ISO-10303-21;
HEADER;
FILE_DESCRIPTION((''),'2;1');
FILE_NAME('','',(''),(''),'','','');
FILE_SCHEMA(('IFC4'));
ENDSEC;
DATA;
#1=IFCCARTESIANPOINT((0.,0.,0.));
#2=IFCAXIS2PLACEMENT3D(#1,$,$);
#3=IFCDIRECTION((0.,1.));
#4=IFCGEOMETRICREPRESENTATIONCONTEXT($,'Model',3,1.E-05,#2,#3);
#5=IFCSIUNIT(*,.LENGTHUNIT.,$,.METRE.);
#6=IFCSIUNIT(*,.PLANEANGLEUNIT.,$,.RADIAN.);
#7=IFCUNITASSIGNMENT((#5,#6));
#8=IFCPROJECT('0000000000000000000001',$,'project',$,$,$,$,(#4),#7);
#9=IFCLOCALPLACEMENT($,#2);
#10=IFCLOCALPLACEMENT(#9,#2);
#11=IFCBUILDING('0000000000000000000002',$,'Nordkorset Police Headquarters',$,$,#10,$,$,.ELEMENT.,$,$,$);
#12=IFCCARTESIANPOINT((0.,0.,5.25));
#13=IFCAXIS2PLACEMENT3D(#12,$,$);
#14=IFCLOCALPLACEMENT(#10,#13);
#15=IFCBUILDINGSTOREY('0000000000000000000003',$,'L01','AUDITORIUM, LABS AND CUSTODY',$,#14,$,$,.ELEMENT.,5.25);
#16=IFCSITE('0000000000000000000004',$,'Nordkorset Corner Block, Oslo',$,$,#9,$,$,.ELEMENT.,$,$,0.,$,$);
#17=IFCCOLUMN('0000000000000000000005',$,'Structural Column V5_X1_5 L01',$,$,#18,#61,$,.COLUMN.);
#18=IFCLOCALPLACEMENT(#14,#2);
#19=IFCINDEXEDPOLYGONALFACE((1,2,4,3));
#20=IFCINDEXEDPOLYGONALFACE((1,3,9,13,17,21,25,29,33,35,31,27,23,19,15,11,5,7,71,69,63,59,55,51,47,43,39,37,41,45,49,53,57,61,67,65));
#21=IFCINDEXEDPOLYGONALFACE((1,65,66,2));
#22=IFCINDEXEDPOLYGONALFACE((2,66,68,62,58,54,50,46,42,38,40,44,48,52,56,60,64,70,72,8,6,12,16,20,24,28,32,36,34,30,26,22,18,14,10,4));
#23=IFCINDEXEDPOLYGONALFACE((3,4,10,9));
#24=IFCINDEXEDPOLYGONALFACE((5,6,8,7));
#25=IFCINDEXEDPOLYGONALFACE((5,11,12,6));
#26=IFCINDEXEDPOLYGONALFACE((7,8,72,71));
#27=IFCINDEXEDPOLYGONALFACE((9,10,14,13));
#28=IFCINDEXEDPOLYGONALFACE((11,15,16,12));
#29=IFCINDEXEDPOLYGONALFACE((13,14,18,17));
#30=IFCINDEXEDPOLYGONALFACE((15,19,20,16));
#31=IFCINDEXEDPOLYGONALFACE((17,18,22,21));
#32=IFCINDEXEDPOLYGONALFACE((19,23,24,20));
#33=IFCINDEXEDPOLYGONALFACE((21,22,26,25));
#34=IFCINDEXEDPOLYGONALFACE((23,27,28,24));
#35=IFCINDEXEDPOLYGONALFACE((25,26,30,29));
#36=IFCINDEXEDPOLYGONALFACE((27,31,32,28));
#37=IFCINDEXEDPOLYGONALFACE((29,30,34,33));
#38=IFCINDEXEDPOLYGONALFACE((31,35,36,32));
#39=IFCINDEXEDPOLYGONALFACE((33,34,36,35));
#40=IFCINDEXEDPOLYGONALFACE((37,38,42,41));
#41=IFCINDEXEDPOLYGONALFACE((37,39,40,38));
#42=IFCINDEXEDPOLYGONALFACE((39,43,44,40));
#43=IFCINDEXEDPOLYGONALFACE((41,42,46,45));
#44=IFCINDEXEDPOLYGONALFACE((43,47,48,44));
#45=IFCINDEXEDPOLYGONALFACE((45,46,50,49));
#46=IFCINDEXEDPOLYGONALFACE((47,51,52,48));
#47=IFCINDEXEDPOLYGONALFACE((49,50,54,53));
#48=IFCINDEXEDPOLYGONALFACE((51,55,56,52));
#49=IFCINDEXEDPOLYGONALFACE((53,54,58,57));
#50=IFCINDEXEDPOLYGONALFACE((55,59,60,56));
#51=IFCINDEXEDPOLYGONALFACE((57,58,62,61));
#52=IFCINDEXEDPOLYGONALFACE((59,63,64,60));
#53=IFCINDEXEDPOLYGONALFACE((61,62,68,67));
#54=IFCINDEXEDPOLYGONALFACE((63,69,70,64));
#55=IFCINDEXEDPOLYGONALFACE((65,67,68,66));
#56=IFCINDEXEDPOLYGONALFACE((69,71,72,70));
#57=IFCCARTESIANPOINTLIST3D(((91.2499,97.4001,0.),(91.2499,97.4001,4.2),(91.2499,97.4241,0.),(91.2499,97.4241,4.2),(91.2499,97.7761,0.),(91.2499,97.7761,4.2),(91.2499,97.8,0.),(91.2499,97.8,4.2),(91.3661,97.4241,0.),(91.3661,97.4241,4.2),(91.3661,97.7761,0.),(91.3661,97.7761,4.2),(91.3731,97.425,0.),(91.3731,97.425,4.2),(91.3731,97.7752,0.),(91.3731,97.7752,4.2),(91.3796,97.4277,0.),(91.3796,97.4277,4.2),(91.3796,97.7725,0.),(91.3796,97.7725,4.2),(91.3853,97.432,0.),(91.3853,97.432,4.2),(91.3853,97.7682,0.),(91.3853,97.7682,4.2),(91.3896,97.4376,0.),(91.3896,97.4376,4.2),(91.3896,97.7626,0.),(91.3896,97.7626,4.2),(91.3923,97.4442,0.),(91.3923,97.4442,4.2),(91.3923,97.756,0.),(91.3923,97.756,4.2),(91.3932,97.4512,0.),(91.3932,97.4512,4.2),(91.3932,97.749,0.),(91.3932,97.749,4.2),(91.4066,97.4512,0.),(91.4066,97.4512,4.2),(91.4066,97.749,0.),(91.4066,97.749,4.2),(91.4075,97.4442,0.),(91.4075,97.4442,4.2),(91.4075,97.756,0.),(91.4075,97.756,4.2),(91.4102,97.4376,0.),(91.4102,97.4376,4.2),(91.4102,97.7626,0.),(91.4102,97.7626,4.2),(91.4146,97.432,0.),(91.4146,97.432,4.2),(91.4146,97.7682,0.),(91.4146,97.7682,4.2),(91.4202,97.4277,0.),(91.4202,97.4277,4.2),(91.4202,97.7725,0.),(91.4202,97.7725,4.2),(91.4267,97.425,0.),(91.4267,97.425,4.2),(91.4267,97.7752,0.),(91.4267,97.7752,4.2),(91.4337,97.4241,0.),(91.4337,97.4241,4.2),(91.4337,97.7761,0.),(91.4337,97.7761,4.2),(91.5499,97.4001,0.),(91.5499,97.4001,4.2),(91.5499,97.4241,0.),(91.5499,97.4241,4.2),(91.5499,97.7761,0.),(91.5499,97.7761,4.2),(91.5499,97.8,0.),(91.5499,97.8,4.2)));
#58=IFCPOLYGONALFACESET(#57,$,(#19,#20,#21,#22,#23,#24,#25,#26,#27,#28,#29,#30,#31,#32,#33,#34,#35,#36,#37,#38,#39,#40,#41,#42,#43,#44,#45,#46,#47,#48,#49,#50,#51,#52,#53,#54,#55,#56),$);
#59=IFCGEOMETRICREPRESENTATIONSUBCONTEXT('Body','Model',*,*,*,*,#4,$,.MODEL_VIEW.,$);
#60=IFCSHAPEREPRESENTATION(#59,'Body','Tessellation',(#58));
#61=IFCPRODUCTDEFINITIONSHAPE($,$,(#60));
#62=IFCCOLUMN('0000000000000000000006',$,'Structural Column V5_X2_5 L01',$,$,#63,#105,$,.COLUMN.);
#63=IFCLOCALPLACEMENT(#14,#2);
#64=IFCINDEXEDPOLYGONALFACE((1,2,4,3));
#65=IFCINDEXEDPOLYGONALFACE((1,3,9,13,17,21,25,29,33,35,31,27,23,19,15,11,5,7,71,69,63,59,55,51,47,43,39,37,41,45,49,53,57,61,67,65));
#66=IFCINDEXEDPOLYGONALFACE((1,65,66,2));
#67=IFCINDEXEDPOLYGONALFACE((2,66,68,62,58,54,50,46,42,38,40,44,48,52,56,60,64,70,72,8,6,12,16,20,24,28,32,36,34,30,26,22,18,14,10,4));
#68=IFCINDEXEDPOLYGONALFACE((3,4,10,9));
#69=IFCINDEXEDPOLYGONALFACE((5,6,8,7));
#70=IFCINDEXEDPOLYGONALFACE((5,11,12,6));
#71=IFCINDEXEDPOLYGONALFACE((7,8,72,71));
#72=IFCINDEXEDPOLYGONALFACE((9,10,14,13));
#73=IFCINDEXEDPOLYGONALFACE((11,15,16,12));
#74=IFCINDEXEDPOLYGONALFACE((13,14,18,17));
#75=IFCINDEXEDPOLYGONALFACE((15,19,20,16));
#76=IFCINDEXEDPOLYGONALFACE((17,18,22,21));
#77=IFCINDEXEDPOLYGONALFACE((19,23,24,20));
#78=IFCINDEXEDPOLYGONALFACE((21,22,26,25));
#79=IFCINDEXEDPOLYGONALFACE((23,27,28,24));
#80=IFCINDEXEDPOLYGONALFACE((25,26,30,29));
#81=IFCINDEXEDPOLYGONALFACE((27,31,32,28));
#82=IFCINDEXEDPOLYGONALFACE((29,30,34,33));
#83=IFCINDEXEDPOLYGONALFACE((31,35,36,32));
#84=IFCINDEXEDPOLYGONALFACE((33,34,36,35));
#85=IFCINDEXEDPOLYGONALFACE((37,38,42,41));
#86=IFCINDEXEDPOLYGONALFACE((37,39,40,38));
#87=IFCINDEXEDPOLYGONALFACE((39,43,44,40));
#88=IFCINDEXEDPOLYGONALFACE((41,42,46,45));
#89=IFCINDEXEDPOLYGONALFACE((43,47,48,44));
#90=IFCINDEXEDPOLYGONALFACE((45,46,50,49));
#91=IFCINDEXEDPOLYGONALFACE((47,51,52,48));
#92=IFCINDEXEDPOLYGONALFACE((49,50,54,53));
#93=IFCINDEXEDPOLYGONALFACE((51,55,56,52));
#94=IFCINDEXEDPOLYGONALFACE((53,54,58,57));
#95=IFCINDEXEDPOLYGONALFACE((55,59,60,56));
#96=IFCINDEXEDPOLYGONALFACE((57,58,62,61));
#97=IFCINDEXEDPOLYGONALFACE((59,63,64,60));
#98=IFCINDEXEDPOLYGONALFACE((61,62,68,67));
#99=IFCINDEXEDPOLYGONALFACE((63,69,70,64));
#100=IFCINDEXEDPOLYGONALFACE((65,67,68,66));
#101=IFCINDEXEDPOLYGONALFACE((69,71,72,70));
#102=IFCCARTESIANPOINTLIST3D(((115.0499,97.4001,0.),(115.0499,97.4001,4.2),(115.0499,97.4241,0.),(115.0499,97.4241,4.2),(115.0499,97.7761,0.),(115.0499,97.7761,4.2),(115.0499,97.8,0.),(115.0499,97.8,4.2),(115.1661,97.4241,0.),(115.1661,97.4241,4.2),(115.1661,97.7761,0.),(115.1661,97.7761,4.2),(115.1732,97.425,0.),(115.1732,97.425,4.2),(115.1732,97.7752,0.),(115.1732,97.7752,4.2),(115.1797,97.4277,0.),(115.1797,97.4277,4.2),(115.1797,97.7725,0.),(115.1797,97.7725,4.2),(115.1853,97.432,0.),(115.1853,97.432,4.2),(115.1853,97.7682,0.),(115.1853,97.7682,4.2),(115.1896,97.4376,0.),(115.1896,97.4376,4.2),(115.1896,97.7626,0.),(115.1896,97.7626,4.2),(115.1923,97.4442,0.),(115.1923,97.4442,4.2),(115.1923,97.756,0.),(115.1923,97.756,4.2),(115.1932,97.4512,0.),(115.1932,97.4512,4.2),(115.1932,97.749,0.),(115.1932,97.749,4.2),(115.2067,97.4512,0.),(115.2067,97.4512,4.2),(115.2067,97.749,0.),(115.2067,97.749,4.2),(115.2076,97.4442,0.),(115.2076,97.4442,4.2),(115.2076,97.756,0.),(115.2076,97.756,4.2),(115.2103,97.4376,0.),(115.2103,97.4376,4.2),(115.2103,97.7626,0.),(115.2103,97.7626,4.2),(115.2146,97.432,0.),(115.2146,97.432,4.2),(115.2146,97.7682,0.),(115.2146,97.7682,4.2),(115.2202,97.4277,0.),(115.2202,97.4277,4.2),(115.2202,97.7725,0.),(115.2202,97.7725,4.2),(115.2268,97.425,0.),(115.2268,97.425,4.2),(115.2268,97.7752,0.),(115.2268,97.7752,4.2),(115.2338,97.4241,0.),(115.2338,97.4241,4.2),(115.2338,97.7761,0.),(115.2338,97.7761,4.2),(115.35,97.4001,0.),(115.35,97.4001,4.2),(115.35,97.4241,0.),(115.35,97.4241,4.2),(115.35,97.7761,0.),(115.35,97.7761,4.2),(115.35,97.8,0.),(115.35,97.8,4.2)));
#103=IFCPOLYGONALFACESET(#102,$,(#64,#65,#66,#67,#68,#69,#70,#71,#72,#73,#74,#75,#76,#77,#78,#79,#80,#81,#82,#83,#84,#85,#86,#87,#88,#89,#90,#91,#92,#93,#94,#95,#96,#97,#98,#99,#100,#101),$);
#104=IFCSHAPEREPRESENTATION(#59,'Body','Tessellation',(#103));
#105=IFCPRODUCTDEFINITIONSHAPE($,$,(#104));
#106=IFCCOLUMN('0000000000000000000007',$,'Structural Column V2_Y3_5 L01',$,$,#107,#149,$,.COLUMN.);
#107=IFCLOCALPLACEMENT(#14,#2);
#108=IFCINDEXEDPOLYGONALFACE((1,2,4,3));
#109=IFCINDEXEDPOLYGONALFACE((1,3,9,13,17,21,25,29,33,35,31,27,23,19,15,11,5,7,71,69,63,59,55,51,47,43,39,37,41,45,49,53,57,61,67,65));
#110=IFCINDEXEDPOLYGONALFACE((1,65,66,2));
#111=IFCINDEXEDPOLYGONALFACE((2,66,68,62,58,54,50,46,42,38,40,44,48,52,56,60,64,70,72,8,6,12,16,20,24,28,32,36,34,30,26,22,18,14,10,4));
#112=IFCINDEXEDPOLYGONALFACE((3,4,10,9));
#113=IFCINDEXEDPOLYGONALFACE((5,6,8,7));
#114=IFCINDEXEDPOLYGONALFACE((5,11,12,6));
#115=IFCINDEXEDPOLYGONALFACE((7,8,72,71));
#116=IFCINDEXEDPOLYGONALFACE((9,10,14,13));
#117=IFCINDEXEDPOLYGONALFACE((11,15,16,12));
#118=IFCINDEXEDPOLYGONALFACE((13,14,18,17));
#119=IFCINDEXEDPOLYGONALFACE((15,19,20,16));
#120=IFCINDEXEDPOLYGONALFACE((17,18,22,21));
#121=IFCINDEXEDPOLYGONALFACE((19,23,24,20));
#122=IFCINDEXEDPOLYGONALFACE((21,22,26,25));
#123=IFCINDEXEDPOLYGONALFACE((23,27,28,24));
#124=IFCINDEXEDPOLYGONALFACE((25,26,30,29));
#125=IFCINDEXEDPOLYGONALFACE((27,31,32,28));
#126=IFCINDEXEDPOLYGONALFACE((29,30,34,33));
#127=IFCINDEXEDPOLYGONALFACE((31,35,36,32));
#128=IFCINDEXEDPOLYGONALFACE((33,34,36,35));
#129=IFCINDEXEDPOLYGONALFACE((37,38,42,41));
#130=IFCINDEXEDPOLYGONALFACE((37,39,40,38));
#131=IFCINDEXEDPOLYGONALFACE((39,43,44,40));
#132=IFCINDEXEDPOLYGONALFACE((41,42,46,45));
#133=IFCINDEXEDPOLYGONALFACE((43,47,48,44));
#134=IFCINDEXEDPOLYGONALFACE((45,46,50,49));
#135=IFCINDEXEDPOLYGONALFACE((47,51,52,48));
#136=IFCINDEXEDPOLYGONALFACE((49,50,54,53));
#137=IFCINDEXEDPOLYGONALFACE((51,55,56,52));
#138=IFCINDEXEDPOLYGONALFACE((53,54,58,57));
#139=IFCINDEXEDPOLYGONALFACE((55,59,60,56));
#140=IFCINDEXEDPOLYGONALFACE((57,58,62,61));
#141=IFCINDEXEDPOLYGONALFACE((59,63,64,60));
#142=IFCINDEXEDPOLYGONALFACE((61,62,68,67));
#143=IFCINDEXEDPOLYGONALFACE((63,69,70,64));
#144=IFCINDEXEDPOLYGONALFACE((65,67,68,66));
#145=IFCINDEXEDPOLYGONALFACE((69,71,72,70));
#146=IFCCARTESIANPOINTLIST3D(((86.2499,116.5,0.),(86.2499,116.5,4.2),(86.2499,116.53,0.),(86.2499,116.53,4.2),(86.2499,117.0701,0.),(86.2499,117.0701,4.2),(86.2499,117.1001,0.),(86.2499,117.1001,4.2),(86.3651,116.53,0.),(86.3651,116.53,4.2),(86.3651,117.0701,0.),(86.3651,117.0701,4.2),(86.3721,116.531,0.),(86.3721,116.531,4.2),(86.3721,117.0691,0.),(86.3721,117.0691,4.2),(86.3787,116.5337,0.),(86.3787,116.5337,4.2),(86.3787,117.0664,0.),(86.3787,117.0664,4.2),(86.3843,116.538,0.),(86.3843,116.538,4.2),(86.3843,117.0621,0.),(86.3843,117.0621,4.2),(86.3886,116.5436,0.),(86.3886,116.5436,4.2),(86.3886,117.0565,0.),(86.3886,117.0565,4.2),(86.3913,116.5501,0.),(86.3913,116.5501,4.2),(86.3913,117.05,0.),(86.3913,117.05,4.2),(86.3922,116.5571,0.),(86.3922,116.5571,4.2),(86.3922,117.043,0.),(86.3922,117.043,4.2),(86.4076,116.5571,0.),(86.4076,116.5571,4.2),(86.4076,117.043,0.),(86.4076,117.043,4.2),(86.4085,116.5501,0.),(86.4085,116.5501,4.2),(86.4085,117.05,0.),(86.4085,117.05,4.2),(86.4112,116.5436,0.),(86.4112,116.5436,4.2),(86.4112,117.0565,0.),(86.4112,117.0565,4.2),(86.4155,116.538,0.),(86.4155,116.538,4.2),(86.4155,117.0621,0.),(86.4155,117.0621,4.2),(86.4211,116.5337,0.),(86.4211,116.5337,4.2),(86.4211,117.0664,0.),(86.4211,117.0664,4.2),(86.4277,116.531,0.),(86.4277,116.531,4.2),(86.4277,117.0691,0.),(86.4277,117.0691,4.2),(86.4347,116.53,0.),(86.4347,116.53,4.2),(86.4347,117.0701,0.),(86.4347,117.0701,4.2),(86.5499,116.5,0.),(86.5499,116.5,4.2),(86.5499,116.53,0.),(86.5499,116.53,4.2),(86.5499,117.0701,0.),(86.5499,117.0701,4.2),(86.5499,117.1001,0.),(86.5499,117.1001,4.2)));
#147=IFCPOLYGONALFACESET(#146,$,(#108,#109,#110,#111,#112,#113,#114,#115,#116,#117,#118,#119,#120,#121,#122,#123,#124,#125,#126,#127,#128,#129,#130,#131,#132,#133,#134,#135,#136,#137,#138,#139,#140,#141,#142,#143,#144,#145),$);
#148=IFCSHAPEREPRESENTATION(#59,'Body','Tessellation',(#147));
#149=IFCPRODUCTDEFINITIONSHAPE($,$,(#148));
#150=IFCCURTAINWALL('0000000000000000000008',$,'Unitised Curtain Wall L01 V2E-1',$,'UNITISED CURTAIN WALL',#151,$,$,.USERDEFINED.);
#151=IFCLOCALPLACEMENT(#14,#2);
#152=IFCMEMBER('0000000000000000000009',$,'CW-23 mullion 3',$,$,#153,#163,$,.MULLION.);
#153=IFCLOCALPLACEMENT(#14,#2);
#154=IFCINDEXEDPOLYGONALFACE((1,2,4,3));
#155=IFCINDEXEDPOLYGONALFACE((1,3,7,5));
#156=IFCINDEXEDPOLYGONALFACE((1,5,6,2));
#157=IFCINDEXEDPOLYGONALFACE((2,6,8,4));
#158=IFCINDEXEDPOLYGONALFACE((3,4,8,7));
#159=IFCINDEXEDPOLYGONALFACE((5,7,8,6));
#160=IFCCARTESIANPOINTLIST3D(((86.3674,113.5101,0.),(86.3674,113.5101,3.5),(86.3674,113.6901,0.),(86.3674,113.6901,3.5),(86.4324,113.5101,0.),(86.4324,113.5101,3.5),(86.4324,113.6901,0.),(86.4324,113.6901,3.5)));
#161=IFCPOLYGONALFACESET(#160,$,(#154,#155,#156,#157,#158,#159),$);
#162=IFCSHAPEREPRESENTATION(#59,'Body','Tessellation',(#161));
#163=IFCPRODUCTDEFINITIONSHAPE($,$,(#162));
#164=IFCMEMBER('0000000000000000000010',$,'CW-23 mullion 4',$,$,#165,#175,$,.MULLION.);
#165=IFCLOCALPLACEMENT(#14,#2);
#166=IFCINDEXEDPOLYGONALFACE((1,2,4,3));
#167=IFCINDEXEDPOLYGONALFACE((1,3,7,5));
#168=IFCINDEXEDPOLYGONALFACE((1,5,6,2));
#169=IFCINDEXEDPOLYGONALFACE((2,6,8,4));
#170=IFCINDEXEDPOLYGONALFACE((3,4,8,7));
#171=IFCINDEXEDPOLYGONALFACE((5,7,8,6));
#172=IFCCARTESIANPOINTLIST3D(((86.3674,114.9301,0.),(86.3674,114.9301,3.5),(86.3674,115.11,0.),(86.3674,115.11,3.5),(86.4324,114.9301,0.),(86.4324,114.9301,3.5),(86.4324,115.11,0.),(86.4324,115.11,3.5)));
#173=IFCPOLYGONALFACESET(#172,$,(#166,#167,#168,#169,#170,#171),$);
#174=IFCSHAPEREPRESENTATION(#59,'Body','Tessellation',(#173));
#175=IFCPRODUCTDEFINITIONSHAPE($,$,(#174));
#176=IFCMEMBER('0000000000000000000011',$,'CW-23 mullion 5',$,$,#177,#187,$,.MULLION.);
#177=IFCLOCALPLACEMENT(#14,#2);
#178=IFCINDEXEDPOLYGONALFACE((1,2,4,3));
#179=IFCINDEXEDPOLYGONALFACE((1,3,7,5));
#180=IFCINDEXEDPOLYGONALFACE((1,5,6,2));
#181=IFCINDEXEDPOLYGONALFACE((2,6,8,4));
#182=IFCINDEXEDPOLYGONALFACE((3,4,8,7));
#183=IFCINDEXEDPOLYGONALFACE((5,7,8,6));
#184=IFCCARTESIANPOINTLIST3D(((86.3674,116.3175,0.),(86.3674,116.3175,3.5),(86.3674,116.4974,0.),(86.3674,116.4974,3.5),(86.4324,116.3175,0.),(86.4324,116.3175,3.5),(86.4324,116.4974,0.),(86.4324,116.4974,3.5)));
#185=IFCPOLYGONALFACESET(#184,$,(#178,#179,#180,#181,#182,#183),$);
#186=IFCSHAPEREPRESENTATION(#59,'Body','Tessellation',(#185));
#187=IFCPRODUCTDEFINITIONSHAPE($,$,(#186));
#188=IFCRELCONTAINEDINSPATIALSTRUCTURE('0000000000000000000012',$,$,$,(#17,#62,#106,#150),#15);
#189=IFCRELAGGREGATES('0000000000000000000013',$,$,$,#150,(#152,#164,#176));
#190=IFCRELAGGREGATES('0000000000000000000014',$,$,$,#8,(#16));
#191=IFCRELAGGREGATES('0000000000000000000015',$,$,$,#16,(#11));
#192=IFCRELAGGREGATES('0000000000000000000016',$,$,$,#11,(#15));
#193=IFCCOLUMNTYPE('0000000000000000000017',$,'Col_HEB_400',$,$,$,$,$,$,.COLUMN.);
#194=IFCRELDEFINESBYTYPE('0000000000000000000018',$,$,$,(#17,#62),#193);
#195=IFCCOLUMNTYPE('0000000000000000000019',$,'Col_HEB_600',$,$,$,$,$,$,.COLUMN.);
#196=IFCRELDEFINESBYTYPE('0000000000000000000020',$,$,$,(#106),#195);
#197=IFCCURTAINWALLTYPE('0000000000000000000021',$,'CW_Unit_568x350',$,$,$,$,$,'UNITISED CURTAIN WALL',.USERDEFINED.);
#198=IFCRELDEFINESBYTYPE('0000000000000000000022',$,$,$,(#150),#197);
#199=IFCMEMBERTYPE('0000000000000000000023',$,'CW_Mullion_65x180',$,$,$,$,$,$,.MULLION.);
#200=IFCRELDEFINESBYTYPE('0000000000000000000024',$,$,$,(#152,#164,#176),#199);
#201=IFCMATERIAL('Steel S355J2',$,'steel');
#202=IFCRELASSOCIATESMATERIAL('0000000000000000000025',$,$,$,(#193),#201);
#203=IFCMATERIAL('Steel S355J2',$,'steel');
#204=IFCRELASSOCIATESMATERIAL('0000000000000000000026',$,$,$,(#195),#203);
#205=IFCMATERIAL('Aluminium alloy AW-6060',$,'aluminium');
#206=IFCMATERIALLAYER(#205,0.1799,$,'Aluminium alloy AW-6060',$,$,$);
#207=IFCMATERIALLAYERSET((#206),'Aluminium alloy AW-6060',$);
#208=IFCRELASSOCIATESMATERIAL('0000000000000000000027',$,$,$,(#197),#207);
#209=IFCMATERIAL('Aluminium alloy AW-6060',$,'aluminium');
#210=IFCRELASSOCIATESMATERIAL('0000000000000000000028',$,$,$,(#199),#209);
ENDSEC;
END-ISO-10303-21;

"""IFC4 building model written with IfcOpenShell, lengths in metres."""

from ifc_helpers import new_model, si_unit, direction, frame, origin, origin_2d, place, context, subcontext, project, spatial, rectangle, i_section, extrude, material, layer, layer_set, material_profile, profile_set, type_object, element, aggregate, save


model = new_model("IFC4")

# Units and contexts
model_context = context("Model", 3, precision=1e-05, world=origin(), true_north=direction((0.0, 1.0)))
body_context = subcontext(model_context, "Body", "Model", "MODEL_VIEW")
ifc_project = project(units=[si_unit("LENGTHUNIT", "METRE"), si_unit("PLANEANGLEUNIT", "RADIAN")], contexts=[model_context])

# Site, building, storey
site_placement = place(None, origin())
site = spatial("IfcSite", under=ifc_project, at=site_placement, Name="Nordkorset Corner Block, Oslo", CompositionType="ELEMENT", RefElevation=0.0)
building_placement = place(site_placement, origin())
building = spatial("IfcBuilding", under=site, at=building_placement, Name="Nordkorset Police Headquarters", CompositionType="ELEMENT")
storey_placement = place(building_placement, frame((0.0, 0.0, 5.25)))
storey = spatial("IfcBuildingStorey", under=building, at=storey_placement, Name="L01", Description="AUDITORIUM, LABS AND CUSTODY", CompositionType="ELEMENT", Elevation=5.25)

# Columns
ifc_material_1 = material(Name="Steel S355J2", Category="steel")
ifc_material_profile_1 = material_profile(ifc_material_1, i_section(OverallWidth=0.3, OverallDepth=0.3999, WebThickness=0.0134, FlangeThickness=0.0239, FilletRadius=0.0271, at=origin_2d()), Name="HEB 400")
ifc_profile_set_1 = profile_set([ifc_material_profile_1], Name="Steel S355J2")
column_type_1 = type_object("IfcColumnType", Name="Col_HEB_400", PredefinedType="COLUMN", material=ifc_profile_set_1)
for number, where, z_axis, x_axis, name in (
    (1, (91.3999, 97.6001, 0.0), (0.0, 0.0, 1.0), (1.0, 0.0, 0.0), "Structural Column V5_X1_5 L01"),
    (2, (115.2, 97.6001, 0.0), (0.0, 0.0, 1.0), (1.0, 0.0, 0.0), "Structural Column V5_X2_5 L01"),
):
    element("IfcColumn", number, at=place(storey_placement, frame(where, z_axis=z_axis, x_axis=x_axis)), inside=storey, type_object=column_type_1, Name=name, PredefinedType="COLUMN", context=body_context, shape_type="SweptSolid", body=[
        extrude(i_section(OverallWidth=0.3, OverallDepth=0.3999, WebThickness=0.0134, FlangeThickness=0.0239, FilletRadius=0.0271, at=origin_2d()), origin(), (0.0, 0.0, 1.0), 4.2),
    ])
ifc_material_2 = material(Name="Steel S355J2", Category="steel")
ifc_material_profile_2 = material_profile(ifc_material_2, i_section(OverallWidth=0.3, OverallDepth=0.6001, WebThickness=0.0154, FlangeThickness=0.03, FilletRadius=0.0271, at=origin_2d()), Name="HEB 600")
ifc_profile_set_2 = profile_set([ifc_material_profile_2], Name="Steel S355J2")
column_type_2 = type_object("IfcColumnType", Name="Col_HEB_600", PredefinedType="COLUMN", material=ifc_profile_set_2)
column_placement = place(storey_placement, frame((86.3999, 116.8, 0.0), z_axis=(0.0, 0.0, 1.0), x_axis=(1.0, 0.0, 0.0)))
element("IfcColumn", 3, at=column_placement, inside=storey, type_object=column_type_2, Name="Structural Column V2_Y3_5 L01", PredefinedType="COLUMN", context=body_context, shape_type="SweptSolid", body=[
    extrude(i_section(OverallWidth=0.3, OverallDepth=0.6001, WebThickness=0.0154, FlangeThickness=0.03, FilletRadius=0.0271, at=origin_2d()), origin(), (0.0, 0.0, 1.0), 4.2),
])

# Curtain wall, members
ifc_material_3 = material(Name="Aluminium alloy AW-6060", Category="aluminium")
ifc_layer_1 = layer(ifc_material_3, 0.1799, Name="Aluminium alloy AW-6060")
ifc_layer_set_1 = layer_set([ifc_layer_1], Name="Aluminium alloy AW-6060")
curtain_wall_type = type_object("IfcCurtainWallType", Name="CW_Unit_568x350", ElementType="UNITISED CURTAIN WALL", PredefinedType="USERDEFINED", material=ifc_layer_set_1)
curtain_wall_placement = place(storey_placement, origin())
curtain_wall = element("IfcCurtainWall", 4, at=curtain_wall_placement, inside=storey, type_object=curtain_wall_type, Name="Unitised Curtain Wall L01 V2E-1", ObjectType="UNITISED CURTAIN WALL", PredefinedType="USERDEFINED")
ifc_material_4 = material(Name="Aluminium alloy AW-6060", Category="aluminium")
ifc_material_profile_3 = material_profile(ifc_material_4, rectangle(XDim=0.0649, YDim=0.1799, at=origin_2d()), Name="ALU MULL 65x180")
ifc_profile_set_3 = profile_set([ifc_material_profile_3], Name="Aluminium alloy AW-6060")
member_type_1 = type_object("IfcMemberType", Name="CW_Mullion_65x180", PredefinedType="MULLION", material=ifc_profile_set_3)
member_1_placement = place(storey_placement, frame((86.3999, 113.6001, 0.0), z_axis=(0.0, 0.0, 1.0), x_axis=(-1.0, 0.0, 0.0)))
member_1 = element("IfcMember", 5, at=member_1_placement, type_object=member_type_1, Name="CW-23 mullion 3", PredefinedType="MULLION", context=body_context, shape_type="SweptSolid", body=[
    extrude(rectangle(XDim=0.0649, YDim=0.1799, at=origin_2d()), origin(), (0.0, 0.0, 1.0), 3.5),
])
member_2_placement = place(storey_placement, frame((86.3999, 115.02, 0.0), z_axis=(0.0, 0.0, 1.0), x_axis=(-1.0, 0.0, 0.0)))
member_2 = element("IfcMember", 6, at=member_2_placement, type_object=member_type_1, Name="CW-23 mullion 4", PredefinedType="MULLION", context=body_context, shape_type="SweptSolid", body=[
    extrude(rectangle(XDim=0.0649, YDim=0.1799, at=origin_2d()), origin(), (0.0, 0.0, 1.0), 3.5),
])
member_3_placement = place(storey_placement, frame((86.3999, 116.4075, 0.0), z_axis=(0.0, 0.0, 1.0), x_axis=(-1.0, 0.0, 0.0)))
member_3 = element("IfcMember", 7, at=member_3_placement, type_object=member_type_1, Name="CW-23 mullion 5", PredefinedType="MULLION", context=body_context, shape_type="SweptSolid", body=[
    extrude(rectangle(XDim=0.0649, YDim=0.1799, at=origin_2d()), origin(), (0.0, 0.0, 1.0), 3.5),
])

aggregate(curtain_wall, [member_1, member_2, member_3])

save(model, "model.ifc")
